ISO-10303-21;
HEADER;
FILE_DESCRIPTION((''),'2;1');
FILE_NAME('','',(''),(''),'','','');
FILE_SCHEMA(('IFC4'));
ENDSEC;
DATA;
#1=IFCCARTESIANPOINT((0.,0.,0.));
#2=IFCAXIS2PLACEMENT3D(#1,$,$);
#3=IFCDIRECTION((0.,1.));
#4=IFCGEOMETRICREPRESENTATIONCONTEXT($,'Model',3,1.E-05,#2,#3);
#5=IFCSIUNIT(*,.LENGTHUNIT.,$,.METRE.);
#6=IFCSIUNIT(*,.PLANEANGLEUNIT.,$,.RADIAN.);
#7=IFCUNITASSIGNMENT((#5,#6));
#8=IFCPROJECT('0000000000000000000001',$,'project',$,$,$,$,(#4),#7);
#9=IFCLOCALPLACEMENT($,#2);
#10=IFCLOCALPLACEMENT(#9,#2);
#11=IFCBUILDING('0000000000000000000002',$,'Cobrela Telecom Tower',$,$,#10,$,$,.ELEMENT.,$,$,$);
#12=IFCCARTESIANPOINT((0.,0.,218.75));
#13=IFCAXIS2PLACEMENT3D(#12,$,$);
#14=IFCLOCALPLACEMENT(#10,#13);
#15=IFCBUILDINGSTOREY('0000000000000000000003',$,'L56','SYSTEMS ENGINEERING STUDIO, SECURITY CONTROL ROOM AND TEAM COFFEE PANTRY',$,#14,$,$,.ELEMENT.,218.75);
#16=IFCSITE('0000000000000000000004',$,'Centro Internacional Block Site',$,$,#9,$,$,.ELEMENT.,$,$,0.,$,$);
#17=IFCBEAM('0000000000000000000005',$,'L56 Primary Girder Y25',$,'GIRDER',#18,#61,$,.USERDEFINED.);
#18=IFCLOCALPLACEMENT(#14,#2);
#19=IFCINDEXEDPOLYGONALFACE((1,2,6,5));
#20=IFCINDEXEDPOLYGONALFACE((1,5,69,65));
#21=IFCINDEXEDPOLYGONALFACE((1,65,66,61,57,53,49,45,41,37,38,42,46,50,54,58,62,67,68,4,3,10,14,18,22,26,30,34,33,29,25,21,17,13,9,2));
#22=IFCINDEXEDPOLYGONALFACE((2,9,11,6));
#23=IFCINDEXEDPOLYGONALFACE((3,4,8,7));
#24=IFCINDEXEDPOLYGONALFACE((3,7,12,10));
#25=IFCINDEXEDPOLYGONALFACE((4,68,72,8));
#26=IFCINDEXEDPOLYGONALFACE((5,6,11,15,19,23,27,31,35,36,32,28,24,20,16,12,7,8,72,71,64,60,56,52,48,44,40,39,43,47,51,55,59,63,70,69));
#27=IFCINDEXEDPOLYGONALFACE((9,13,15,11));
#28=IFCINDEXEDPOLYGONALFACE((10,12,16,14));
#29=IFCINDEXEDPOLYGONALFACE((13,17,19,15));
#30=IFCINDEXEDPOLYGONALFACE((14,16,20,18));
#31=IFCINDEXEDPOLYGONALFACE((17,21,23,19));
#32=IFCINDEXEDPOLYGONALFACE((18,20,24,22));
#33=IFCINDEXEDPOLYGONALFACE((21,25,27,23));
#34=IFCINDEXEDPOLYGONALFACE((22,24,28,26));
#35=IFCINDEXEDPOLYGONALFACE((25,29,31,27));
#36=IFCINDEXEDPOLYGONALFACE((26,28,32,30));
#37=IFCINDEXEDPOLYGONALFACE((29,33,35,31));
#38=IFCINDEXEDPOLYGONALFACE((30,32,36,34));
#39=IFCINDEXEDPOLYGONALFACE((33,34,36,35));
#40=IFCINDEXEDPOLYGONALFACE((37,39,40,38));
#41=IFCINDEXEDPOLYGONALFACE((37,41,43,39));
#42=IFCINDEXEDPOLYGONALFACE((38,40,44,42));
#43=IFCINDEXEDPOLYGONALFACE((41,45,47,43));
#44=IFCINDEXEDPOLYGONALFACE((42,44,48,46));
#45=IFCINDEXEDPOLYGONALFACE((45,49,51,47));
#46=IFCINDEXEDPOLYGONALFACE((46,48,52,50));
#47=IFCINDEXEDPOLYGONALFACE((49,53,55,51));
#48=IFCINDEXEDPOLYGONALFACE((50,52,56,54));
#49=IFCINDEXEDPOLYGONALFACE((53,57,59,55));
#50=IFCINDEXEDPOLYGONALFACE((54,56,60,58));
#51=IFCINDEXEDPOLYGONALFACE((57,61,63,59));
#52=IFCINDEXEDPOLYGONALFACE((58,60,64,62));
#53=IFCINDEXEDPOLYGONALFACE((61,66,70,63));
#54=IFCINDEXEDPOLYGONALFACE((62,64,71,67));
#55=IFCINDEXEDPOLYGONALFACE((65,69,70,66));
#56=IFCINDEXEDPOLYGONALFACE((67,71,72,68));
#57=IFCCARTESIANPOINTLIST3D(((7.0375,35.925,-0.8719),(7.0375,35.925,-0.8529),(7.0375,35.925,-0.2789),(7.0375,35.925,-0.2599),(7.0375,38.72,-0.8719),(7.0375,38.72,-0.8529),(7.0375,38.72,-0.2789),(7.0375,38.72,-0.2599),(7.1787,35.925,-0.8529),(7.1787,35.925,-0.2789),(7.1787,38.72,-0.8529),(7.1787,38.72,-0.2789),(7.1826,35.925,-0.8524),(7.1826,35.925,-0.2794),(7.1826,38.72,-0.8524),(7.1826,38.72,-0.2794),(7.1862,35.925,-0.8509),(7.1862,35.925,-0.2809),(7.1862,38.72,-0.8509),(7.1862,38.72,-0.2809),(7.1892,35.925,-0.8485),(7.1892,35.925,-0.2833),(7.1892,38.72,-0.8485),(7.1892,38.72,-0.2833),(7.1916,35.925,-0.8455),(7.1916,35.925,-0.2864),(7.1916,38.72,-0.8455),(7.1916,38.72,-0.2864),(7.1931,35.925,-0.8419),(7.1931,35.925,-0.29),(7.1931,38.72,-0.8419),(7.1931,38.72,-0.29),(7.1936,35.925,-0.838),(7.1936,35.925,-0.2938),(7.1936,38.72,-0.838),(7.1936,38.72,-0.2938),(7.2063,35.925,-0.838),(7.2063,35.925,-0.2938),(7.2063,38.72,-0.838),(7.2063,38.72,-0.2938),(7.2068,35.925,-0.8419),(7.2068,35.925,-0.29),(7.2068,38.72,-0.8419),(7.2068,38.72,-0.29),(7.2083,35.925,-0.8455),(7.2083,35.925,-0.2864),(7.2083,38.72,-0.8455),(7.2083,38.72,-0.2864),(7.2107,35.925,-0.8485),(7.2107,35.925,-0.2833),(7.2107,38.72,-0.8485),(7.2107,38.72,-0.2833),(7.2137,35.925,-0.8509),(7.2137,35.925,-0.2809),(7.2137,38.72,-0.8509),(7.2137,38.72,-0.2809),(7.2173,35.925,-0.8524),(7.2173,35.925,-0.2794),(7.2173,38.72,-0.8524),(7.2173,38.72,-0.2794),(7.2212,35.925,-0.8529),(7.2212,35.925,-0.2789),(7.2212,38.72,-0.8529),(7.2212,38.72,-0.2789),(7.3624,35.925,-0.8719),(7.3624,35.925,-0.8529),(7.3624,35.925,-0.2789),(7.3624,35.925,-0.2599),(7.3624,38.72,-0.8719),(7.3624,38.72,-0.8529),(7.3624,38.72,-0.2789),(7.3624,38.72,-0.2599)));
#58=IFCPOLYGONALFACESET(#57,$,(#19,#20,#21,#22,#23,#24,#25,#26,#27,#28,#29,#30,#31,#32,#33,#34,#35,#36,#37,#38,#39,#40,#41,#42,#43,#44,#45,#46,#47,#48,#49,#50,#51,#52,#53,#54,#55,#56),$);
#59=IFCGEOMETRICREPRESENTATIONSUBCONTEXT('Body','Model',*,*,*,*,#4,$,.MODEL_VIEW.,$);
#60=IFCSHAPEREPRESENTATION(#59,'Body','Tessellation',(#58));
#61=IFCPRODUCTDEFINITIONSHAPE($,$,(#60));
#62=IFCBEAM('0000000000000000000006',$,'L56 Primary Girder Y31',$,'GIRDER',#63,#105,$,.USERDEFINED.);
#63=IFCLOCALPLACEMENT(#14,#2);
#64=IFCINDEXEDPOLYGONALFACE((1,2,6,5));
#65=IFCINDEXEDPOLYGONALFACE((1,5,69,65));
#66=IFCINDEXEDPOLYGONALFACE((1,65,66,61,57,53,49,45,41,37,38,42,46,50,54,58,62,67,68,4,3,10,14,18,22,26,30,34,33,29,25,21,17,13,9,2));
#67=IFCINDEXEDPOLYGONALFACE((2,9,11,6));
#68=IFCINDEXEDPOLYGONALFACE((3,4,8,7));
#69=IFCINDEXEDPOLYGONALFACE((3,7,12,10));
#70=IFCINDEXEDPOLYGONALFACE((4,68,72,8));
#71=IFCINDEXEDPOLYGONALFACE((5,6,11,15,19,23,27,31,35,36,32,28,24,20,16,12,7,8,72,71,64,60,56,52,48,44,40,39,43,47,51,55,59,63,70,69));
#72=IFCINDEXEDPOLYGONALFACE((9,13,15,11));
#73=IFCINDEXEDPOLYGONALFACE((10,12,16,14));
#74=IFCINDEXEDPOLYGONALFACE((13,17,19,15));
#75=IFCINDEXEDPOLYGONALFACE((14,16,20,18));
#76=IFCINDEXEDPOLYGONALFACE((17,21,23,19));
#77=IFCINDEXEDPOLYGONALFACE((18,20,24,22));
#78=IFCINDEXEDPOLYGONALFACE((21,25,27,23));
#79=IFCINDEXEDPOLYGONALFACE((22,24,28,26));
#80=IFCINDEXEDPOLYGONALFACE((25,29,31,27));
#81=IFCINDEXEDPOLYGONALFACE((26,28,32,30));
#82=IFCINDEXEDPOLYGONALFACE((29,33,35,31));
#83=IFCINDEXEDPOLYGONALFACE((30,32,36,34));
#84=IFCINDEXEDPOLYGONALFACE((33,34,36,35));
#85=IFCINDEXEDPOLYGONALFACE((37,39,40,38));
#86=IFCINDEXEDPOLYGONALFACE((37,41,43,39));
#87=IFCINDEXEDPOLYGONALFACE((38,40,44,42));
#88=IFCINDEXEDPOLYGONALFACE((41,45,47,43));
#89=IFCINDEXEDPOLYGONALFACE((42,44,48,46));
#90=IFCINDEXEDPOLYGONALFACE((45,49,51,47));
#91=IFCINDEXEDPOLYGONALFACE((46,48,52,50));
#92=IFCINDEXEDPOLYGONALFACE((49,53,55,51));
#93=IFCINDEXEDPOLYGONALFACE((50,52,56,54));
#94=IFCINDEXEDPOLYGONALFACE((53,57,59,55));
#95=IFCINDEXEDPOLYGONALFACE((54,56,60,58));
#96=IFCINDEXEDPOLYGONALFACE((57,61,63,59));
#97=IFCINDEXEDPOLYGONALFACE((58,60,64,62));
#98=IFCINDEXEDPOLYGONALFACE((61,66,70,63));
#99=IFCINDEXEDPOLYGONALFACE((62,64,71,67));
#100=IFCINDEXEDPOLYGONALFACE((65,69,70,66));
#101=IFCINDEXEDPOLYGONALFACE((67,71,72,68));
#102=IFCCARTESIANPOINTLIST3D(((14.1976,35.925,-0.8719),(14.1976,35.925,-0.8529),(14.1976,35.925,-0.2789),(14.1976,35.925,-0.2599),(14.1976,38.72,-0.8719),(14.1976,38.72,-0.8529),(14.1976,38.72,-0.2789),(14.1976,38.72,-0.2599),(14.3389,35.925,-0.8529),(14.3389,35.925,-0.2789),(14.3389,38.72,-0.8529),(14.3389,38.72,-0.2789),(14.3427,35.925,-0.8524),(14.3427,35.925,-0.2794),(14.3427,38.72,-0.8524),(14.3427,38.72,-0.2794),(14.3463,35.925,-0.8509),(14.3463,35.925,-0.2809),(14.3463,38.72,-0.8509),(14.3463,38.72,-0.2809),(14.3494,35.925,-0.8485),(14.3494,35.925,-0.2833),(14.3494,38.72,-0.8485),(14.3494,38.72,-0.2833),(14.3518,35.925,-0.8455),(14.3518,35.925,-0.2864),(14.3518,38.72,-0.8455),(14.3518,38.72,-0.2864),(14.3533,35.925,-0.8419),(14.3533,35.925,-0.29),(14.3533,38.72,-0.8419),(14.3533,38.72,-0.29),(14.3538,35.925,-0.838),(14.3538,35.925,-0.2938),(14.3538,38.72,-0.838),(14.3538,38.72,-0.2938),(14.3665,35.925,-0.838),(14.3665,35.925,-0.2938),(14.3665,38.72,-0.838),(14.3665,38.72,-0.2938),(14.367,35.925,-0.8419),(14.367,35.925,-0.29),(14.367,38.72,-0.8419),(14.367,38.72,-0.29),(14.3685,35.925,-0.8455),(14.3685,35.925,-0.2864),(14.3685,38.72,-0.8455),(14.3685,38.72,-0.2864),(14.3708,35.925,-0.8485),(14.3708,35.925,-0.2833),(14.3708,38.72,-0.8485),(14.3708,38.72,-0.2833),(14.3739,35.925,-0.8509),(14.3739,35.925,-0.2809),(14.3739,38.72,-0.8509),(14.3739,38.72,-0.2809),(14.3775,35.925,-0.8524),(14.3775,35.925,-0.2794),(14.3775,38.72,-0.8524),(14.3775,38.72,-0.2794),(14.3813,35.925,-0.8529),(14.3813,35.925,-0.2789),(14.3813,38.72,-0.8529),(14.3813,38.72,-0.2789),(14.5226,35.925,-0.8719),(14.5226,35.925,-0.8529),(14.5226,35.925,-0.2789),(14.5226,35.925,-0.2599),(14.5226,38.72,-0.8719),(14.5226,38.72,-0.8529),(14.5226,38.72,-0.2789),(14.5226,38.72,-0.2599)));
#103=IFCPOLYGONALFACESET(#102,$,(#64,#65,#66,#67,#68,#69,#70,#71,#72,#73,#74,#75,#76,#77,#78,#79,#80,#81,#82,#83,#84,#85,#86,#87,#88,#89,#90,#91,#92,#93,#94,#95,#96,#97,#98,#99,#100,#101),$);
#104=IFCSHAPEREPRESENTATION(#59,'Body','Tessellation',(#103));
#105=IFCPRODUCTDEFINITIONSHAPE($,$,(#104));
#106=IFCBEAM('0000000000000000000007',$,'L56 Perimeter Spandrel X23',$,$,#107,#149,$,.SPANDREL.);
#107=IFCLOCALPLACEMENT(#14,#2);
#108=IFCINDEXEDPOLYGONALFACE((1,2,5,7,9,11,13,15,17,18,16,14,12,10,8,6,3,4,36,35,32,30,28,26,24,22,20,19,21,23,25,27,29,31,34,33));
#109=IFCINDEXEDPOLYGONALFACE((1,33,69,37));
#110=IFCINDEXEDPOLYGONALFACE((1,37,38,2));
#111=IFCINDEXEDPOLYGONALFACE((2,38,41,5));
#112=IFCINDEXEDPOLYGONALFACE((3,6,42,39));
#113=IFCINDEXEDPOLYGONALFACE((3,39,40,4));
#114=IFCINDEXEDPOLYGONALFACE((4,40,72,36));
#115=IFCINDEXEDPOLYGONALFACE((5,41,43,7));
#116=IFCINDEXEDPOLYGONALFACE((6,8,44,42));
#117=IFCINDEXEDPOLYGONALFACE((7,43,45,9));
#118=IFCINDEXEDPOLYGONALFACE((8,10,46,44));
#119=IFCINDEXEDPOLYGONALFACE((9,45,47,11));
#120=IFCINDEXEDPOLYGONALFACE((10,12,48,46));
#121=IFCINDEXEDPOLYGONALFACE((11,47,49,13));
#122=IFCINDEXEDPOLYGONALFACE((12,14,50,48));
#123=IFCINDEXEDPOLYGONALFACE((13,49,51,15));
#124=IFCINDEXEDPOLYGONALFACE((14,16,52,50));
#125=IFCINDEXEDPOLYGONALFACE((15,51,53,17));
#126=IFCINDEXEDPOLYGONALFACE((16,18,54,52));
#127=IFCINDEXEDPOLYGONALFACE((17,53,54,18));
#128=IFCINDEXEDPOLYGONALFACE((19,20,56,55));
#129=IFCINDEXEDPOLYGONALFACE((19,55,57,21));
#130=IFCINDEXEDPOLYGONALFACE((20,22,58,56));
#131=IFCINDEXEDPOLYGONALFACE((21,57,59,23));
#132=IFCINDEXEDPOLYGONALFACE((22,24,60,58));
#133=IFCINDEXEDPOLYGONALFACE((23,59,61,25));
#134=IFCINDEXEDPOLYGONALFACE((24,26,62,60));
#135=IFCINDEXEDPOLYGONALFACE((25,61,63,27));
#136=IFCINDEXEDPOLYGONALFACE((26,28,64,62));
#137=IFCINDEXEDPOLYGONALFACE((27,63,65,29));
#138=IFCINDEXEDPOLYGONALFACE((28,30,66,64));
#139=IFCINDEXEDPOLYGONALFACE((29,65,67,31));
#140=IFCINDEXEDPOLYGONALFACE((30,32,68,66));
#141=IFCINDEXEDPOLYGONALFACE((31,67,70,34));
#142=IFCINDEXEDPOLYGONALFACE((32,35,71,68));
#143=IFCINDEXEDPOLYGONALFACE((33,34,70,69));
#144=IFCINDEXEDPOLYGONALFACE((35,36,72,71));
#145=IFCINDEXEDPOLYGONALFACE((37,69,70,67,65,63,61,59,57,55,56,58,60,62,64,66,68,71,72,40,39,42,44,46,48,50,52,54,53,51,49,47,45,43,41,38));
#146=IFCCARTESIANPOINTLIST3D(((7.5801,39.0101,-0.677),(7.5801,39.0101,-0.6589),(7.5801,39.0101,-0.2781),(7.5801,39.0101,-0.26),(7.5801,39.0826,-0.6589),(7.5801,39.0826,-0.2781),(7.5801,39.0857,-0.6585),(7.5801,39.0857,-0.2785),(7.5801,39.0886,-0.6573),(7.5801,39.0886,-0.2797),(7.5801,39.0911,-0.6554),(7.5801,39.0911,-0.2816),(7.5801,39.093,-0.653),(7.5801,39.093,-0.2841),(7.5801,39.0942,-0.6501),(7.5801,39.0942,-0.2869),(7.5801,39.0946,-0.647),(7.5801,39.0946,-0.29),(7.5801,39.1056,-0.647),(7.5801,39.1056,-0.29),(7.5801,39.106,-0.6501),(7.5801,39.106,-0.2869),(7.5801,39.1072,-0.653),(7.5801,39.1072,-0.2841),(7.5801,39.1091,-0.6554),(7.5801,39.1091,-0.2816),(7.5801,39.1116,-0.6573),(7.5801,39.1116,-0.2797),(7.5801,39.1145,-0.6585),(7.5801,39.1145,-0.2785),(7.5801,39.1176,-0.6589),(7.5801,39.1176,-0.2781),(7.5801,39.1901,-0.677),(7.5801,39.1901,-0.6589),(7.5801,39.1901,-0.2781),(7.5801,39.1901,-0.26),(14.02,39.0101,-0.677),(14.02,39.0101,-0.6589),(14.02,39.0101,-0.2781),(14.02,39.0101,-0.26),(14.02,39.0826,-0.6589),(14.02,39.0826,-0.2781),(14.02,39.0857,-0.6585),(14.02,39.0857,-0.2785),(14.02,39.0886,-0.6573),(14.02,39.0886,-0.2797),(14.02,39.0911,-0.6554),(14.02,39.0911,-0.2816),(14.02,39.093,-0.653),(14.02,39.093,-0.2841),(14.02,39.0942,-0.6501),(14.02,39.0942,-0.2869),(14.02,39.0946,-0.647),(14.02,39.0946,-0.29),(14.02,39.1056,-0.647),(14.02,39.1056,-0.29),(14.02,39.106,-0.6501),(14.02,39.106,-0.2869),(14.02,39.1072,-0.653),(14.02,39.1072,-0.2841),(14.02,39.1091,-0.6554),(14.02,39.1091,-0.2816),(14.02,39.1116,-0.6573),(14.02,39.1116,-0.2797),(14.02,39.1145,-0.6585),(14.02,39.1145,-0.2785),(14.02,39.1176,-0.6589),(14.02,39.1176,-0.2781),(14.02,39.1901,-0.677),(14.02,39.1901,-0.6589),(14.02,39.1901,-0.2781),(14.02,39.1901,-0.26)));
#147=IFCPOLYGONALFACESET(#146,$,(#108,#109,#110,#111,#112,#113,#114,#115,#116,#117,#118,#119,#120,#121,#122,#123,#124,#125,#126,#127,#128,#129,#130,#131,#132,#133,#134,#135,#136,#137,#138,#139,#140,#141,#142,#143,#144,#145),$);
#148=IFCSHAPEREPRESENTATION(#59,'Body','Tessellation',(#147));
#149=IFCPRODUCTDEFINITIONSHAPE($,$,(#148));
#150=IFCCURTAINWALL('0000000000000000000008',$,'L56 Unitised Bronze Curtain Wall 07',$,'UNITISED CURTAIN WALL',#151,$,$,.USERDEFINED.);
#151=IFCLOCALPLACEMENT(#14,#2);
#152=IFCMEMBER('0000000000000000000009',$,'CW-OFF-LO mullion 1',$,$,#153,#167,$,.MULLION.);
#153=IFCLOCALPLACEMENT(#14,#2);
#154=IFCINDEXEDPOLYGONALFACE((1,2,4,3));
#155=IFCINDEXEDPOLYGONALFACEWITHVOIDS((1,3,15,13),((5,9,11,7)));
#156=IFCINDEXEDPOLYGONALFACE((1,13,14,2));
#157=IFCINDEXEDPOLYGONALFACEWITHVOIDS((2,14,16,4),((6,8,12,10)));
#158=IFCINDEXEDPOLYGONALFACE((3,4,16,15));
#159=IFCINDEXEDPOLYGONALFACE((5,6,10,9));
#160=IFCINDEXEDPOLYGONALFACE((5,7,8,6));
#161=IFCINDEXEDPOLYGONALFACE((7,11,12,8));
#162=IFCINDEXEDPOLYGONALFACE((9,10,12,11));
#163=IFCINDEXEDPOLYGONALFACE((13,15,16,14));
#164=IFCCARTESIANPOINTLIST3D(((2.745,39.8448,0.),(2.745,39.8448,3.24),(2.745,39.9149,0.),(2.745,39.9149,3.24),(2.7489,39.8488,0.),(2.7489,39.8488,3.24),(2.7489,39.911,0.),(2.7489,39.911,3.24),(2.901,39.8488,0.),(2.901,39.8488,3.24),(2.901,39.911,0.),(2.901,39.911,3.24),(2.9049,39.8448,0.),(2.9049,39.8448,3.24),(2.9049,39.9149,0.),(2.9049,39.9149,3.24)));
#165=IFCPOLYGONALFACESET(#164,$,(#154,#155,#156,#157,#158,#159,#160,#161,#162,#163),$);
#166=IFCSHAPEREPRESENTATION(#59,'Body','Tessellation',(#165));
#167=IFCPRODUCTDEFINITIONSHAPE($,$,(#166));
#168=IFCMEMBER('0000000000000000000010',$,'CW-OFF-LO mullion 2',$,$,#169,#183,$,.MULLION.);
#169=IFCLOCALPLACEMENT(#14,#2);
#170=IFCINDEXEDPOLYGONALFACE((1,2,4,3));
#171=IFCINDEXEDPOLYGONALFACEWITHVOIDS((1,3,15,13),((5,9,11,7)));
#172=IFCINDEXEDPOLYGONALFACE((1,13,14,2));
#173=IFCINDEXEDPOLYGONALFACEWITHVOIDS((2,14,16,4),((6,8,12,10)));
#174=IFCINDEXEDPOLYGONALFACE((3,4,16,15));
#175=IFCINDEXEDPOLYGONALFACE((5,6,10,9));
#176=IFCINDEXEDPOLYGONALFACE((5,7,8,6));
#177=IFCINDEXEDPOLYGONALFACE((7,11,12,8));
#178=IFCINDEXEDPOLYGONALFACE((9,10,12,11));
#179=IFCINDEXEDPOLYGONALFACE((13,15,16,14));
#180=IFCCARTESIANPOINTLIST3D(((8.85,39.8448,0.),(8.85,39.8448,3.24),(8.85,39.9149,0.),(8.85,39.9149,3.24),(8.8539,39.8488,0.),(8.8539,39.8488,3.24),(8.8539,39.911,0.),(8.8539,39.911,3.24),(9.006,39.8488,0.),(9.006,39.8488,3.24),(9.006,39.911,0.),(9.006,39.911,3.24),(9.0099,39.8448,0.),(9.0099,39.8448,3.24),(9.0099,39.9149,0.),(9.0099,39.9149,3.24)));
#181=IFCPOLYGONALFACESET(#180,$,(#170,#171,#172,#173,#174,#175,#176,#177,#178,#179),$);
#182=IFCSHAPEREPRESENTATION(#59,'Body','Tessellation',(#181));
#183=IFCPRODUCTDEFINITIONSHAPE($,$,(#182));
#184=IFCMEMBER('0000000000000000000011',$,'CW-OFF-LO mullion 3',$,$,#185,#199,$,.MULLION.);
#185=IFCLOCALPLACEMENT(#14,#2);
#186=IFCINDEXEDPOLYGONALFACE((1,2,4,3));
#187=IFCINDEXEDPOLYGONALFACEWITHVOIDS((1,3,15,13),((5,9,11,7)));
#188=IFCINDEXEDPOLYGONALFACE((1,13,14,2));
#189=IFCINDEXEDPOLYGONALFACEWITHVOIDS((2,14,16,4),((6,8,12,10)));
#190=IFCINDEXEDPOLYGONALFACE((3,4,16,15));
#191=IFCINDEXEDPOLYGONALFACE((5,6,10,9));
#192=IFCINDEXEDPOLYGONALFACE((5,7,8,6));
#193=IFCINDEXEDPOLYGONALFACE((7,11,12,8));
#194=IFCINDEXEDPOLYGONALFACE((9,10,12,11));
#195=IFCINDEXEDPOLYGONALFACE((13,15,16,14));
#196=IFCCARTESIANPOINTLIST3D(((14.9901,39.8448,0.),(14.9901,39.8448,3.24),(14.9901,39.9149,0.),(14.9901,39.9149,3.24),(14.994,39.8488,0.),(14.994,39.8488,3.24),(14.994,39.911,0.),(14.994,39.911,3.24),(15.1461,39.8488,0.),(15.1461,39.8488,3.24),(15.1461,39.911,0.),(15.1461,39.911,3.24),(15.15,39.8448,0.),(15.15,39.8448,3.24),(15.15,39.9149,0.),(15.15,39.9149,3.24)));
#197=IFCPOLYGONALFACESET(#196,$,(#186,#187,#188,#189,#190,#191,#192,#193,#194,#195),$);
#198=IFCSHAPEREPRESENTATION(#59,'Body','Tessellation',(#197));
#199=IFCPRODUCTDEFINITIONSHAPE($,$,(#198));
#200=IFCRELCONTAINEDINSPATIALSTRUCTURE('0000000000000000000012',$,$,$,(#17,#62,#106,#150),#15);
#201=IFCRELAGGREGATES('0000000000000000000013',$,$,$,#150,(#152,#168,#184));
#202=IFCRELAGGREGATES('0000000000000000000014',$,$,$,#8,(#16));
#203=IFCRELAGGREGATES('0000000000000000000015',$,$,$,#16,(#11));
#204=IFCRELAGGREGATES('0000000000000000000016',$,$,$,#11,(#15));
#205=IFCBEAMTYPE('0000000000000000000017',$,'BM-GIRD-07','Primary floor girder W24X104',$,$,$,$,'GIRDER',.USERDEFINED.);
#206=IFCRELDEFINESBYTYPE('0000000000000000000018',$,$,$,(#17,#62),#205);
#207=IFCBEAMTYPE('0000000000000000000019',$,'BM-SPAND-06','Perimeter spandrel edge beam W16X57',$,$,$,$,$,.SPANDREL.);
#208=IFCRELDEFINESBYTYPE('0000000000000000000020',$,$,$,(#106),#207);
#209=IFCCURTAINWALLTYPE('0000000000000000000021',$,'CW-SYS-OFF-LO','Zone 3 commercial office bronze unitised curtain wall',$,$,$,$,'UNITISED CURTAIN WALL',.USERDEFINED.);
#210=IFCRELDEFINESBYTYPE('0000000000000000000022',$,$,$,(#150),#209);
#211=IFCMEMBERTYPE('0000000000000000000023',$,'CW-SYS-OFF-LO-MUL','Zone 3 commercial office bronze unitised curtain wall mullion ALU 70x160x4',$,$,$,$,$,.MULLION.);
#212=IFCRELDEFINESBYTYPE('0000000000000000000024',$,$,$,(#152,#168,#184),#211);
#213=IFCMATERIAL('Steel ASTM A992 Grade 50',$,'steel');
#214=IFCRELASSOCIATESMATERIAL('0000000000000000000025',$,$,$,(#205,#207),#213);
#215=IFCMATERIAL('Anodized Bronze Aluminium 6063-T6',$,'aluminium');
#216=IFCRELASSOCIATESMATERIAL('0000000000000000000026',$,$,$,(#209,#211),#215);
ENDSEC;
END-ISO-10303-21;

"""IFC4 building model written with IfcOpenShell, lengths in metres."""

from ifc_helpers import new_model, si_unit, direction, frame, origin, origin_2d, place, context, subcontext, project, spatial, hollow_rectangle, i_section, extrude, material, material_profile, profile_set, type_object, element, aggregate, save


model = new_model("IFC4")

# Units and contexts
model_context = context("Model", 3, precision=1e-05, world=origin(), true_north=direction((0.0, 1.0)))
body_context = subcontext(model_context, "Body", "Model", "MODEL_VIEW")
ifc_project = project(units=[si_unit("LENGTHUNIT", "METRE"), si_unit("PLANEANGLEUNIT", "RADIAN")], contexts=[model_context])

# Site, building, storey
site_placement = place(None, origin())
site = spatial("IfcSite", under=ifc_project, at=site_placement, Name="Centro Internacional Block Site", CompositionType="ELEMENT", RefElevation=0.0)
building_placement = place(site_placement, origin())
building = spatial("IfcBuilding", under=site, at=building_placement, Name="Cobrela Telecom Tower", CompositionType="ELEMENT")
storey_placement = place(building_placement, frame((0.0, 0.0, 218.75)))
storey = spatial("IfcBuildingStorey", under=building, at=storey_placement, Name="L56", Description="SYSTEMS ENGINEERING STUDIO, SECURITY CONTROL ROOM AND TEAM COFFEE PANTRY", CompositionType="ELEMENT", Elevation=218.75)

# Beams
ifc_material_1 = material(Name="Steel ASTM A992 Grade 50", Category="steel")
ifc_material_profile_1 = material_profile(ifc_material_1, i_section(OverallWidth=0.325, OverallDepth=0.6121, WebThickness=0.0127, FlangeThickness=0.019, FilletRadius=0.0149, at=origin_2d()), Name="W24X104")
ifc_profile_set_1 = profile_set([ifc_material_profile_1], Name="Steel ASTM A992 Grade 50")
beam_type_1 = type_object("IfcBeamType", Name="BM-GIRD-07", Description="Primary floor girder W24X104", ElementType="GIRDER", PredefinedType="USERDEFINED", material=ifc_profile_set_1)
for number, where, z_axis, x_axis, name in (
    (1, (7.2, 35.925, -0.5659), (0.0, 1.0, 0.0), (-1.0, 0.0, 0.0), "L56 Primary Girder Y25"),
    (2, (14.3601, 35.925, -0.5659), (0.0, 1.0, 0.0), (-1.0, 0.0, 0.0), "L56 Primary Girder Y31"),
):
    element("IfcBeam", number, at=place(storey_placement, frame(where, z_axis=z_axis, x_axis=x_axis)), inside=storey, type_object=beam_type_1, Name=name, ObjectType="GIRDER", PredefinedType="USERDEFINED", context=body_context, shape_type="SweptSolid", body=[
        extrude(i_section(OverallWidth=0.325, OverallDepth=0.6121, WebThickness=0.0127, FlangeThickness=0.019, FilletRadius=0.0149, at=origin_2d()), origin(), (0.0, 0.0, 1.0), 2.7949),
    ])
ifc_material_profile_2 = material_profile(ifc_material_1, i_section(OverallWidth=0.1799, OverallDepth=0.417, WebThickness=0.011, FlangeThickness=0.0181, FilletRadius=0.012, at=origin_2d()), Name="W16X57")
ifc_profile_set_2 = profile_set([ifc_material_profile_2], Name="Steel ASTM A992 Grade 50")
beam_type_2 = type_object("IfcBeamType", Name="BM-SPAND-06", Description="Perimeter spandrel edge beam W16X57", PredefinedType="SPANDREL", material=ifc_profile_set_2)
beam_1_placement = place(storey_placement, frame((7.5801, 39.1001, -0.4685), z_axis=(1.0, 0.0, 0.0), x_axis=(0.0, 1.0, 0.0)))
element("IfcBeam", 3, at=beam_1_placement, inside=storey, type_object=beam_type_2, Name="L56 Perimeter Spandrel X23", PredefinedType="SPANDREL", context=body_context, shape_type="SweptSolid", body=[
    extrude(i_section(OverallWidth=0.1799, OverallDepth=0.417, WebThickness=0.011, FlangeThickness=0.0181, FilletRadius=0.012, at=origin_2d()), origin(), (0.0, 0.0, 1.0), 6.4399),
])

# Curtain wall, members
ifc_material_2 = material(Name="Anodized Bronze Aluminium 6063-T6", Category="aluminium")
curtain_wall_type = type_object("IfcCurtainWallType", Name="CW-SYS-OFF-LO", Description="Zone 3 commercial office bronze unitised curtain wall", ElementType="UNITISED CURTAIN WALL", PredefinedType="USERDEFINED", material=ifc_material_2)
curtain_wall_placement = place(storey_placement, origin())
curtain_wall = element("IfcCurtainWall", 4, at=curtain_wall_placement, inside=storey, type_object=curtain_wall_type, Name="L56 Unitised Bronze Curtain Wall 07", ObjectType="UNITISED CURTAIN WALL", PredefinedType="USERDEFINED")
ifc_material_profile_3 = material_profile(ifc_material_2, hollow_rectangle(XDim=0.0701, YDim=0.1599, WallThickness=0.0039, at=origin_2d()), Name="ALU 70x160x4")
ifc_profile_set_3 = profile_set([ifc_material_profile_3], Name="Anodized Bronze Aluminium 6063-T6")
member_type_1 = type_object("IfcMemberType", Name="CW-SYS-OFF-LO-MUL", Description="Zone 3 commercial office bronze unitised curtain wall mullion ALU 70x160x4", PredefinedType="MULLION", material=ifc_profile_set_3)
member_1_placement = place(storey_placement, frame((2.825, 39.8799, 0.0), z_axis=(0.0, 0.0, 1.0), x_axis=(0.0, 1.0, 0.0)))
member_1 = element("IfcMember", 5, at=member_1_placement, type_object=member_type_1, Name="CW-OFF-LO mullion 1", PredefinedType="MULLION", context=body_context, shape_type="SweptSolid", body=[
    extrude(hollow_rectangle(XDim=0.0701, YDim=0.1599, WallThickness=0.0039, at=origin_2d()), origin(), (0.0, 0.0, 1.0), 3.24),
])
member_2_placement = place(storey_placement, frame((8.9299, 39.8799, 0.0), z_axis=(0.0, 0.0, 1.0), x_axis=(0.0, 1.0, 0.0)))
member_2 = element("IfcMember", 6, at=member_2_placement, type_object=member_type_1, Name="CW-OFF-LO mullion 2", PredefinedType="MULLION", context=body_context, shape_type="SweptSolid", body=[
    extrude(hollow_rectangle(XDim=0.0701, YDim=0.1599, WallThickness=0.0039, at=origin_2d()), origin(), (0.0, 0.0, 1.0), 3.24),
])
member_3_placement = place(storey_placement, frame((15.0701, 39.8799, 0.0), z_axis=(0.0, 0.0, 1.0), x_axis=(0.0, 1.0, 0.0)))
member_3 = element("IfcMember", 7, at=member_3_placement, type_object=member_type_1, Name="CW-OFF-LO mullion 3", PredefinedType="MULLION", context=body_context, shape_type="SweptSolid", body=[
    extrude(hollow_rectangle(XDim=0.0701, YDim=0.1599, WallThickness=0.0039, at=origin_2d()), origin(), (0.0, 0.0, 1.0), 3.24),
])

aggregate(curtain_wall, [member_1, member_2, member_3])

save(model, "model.ifc")
